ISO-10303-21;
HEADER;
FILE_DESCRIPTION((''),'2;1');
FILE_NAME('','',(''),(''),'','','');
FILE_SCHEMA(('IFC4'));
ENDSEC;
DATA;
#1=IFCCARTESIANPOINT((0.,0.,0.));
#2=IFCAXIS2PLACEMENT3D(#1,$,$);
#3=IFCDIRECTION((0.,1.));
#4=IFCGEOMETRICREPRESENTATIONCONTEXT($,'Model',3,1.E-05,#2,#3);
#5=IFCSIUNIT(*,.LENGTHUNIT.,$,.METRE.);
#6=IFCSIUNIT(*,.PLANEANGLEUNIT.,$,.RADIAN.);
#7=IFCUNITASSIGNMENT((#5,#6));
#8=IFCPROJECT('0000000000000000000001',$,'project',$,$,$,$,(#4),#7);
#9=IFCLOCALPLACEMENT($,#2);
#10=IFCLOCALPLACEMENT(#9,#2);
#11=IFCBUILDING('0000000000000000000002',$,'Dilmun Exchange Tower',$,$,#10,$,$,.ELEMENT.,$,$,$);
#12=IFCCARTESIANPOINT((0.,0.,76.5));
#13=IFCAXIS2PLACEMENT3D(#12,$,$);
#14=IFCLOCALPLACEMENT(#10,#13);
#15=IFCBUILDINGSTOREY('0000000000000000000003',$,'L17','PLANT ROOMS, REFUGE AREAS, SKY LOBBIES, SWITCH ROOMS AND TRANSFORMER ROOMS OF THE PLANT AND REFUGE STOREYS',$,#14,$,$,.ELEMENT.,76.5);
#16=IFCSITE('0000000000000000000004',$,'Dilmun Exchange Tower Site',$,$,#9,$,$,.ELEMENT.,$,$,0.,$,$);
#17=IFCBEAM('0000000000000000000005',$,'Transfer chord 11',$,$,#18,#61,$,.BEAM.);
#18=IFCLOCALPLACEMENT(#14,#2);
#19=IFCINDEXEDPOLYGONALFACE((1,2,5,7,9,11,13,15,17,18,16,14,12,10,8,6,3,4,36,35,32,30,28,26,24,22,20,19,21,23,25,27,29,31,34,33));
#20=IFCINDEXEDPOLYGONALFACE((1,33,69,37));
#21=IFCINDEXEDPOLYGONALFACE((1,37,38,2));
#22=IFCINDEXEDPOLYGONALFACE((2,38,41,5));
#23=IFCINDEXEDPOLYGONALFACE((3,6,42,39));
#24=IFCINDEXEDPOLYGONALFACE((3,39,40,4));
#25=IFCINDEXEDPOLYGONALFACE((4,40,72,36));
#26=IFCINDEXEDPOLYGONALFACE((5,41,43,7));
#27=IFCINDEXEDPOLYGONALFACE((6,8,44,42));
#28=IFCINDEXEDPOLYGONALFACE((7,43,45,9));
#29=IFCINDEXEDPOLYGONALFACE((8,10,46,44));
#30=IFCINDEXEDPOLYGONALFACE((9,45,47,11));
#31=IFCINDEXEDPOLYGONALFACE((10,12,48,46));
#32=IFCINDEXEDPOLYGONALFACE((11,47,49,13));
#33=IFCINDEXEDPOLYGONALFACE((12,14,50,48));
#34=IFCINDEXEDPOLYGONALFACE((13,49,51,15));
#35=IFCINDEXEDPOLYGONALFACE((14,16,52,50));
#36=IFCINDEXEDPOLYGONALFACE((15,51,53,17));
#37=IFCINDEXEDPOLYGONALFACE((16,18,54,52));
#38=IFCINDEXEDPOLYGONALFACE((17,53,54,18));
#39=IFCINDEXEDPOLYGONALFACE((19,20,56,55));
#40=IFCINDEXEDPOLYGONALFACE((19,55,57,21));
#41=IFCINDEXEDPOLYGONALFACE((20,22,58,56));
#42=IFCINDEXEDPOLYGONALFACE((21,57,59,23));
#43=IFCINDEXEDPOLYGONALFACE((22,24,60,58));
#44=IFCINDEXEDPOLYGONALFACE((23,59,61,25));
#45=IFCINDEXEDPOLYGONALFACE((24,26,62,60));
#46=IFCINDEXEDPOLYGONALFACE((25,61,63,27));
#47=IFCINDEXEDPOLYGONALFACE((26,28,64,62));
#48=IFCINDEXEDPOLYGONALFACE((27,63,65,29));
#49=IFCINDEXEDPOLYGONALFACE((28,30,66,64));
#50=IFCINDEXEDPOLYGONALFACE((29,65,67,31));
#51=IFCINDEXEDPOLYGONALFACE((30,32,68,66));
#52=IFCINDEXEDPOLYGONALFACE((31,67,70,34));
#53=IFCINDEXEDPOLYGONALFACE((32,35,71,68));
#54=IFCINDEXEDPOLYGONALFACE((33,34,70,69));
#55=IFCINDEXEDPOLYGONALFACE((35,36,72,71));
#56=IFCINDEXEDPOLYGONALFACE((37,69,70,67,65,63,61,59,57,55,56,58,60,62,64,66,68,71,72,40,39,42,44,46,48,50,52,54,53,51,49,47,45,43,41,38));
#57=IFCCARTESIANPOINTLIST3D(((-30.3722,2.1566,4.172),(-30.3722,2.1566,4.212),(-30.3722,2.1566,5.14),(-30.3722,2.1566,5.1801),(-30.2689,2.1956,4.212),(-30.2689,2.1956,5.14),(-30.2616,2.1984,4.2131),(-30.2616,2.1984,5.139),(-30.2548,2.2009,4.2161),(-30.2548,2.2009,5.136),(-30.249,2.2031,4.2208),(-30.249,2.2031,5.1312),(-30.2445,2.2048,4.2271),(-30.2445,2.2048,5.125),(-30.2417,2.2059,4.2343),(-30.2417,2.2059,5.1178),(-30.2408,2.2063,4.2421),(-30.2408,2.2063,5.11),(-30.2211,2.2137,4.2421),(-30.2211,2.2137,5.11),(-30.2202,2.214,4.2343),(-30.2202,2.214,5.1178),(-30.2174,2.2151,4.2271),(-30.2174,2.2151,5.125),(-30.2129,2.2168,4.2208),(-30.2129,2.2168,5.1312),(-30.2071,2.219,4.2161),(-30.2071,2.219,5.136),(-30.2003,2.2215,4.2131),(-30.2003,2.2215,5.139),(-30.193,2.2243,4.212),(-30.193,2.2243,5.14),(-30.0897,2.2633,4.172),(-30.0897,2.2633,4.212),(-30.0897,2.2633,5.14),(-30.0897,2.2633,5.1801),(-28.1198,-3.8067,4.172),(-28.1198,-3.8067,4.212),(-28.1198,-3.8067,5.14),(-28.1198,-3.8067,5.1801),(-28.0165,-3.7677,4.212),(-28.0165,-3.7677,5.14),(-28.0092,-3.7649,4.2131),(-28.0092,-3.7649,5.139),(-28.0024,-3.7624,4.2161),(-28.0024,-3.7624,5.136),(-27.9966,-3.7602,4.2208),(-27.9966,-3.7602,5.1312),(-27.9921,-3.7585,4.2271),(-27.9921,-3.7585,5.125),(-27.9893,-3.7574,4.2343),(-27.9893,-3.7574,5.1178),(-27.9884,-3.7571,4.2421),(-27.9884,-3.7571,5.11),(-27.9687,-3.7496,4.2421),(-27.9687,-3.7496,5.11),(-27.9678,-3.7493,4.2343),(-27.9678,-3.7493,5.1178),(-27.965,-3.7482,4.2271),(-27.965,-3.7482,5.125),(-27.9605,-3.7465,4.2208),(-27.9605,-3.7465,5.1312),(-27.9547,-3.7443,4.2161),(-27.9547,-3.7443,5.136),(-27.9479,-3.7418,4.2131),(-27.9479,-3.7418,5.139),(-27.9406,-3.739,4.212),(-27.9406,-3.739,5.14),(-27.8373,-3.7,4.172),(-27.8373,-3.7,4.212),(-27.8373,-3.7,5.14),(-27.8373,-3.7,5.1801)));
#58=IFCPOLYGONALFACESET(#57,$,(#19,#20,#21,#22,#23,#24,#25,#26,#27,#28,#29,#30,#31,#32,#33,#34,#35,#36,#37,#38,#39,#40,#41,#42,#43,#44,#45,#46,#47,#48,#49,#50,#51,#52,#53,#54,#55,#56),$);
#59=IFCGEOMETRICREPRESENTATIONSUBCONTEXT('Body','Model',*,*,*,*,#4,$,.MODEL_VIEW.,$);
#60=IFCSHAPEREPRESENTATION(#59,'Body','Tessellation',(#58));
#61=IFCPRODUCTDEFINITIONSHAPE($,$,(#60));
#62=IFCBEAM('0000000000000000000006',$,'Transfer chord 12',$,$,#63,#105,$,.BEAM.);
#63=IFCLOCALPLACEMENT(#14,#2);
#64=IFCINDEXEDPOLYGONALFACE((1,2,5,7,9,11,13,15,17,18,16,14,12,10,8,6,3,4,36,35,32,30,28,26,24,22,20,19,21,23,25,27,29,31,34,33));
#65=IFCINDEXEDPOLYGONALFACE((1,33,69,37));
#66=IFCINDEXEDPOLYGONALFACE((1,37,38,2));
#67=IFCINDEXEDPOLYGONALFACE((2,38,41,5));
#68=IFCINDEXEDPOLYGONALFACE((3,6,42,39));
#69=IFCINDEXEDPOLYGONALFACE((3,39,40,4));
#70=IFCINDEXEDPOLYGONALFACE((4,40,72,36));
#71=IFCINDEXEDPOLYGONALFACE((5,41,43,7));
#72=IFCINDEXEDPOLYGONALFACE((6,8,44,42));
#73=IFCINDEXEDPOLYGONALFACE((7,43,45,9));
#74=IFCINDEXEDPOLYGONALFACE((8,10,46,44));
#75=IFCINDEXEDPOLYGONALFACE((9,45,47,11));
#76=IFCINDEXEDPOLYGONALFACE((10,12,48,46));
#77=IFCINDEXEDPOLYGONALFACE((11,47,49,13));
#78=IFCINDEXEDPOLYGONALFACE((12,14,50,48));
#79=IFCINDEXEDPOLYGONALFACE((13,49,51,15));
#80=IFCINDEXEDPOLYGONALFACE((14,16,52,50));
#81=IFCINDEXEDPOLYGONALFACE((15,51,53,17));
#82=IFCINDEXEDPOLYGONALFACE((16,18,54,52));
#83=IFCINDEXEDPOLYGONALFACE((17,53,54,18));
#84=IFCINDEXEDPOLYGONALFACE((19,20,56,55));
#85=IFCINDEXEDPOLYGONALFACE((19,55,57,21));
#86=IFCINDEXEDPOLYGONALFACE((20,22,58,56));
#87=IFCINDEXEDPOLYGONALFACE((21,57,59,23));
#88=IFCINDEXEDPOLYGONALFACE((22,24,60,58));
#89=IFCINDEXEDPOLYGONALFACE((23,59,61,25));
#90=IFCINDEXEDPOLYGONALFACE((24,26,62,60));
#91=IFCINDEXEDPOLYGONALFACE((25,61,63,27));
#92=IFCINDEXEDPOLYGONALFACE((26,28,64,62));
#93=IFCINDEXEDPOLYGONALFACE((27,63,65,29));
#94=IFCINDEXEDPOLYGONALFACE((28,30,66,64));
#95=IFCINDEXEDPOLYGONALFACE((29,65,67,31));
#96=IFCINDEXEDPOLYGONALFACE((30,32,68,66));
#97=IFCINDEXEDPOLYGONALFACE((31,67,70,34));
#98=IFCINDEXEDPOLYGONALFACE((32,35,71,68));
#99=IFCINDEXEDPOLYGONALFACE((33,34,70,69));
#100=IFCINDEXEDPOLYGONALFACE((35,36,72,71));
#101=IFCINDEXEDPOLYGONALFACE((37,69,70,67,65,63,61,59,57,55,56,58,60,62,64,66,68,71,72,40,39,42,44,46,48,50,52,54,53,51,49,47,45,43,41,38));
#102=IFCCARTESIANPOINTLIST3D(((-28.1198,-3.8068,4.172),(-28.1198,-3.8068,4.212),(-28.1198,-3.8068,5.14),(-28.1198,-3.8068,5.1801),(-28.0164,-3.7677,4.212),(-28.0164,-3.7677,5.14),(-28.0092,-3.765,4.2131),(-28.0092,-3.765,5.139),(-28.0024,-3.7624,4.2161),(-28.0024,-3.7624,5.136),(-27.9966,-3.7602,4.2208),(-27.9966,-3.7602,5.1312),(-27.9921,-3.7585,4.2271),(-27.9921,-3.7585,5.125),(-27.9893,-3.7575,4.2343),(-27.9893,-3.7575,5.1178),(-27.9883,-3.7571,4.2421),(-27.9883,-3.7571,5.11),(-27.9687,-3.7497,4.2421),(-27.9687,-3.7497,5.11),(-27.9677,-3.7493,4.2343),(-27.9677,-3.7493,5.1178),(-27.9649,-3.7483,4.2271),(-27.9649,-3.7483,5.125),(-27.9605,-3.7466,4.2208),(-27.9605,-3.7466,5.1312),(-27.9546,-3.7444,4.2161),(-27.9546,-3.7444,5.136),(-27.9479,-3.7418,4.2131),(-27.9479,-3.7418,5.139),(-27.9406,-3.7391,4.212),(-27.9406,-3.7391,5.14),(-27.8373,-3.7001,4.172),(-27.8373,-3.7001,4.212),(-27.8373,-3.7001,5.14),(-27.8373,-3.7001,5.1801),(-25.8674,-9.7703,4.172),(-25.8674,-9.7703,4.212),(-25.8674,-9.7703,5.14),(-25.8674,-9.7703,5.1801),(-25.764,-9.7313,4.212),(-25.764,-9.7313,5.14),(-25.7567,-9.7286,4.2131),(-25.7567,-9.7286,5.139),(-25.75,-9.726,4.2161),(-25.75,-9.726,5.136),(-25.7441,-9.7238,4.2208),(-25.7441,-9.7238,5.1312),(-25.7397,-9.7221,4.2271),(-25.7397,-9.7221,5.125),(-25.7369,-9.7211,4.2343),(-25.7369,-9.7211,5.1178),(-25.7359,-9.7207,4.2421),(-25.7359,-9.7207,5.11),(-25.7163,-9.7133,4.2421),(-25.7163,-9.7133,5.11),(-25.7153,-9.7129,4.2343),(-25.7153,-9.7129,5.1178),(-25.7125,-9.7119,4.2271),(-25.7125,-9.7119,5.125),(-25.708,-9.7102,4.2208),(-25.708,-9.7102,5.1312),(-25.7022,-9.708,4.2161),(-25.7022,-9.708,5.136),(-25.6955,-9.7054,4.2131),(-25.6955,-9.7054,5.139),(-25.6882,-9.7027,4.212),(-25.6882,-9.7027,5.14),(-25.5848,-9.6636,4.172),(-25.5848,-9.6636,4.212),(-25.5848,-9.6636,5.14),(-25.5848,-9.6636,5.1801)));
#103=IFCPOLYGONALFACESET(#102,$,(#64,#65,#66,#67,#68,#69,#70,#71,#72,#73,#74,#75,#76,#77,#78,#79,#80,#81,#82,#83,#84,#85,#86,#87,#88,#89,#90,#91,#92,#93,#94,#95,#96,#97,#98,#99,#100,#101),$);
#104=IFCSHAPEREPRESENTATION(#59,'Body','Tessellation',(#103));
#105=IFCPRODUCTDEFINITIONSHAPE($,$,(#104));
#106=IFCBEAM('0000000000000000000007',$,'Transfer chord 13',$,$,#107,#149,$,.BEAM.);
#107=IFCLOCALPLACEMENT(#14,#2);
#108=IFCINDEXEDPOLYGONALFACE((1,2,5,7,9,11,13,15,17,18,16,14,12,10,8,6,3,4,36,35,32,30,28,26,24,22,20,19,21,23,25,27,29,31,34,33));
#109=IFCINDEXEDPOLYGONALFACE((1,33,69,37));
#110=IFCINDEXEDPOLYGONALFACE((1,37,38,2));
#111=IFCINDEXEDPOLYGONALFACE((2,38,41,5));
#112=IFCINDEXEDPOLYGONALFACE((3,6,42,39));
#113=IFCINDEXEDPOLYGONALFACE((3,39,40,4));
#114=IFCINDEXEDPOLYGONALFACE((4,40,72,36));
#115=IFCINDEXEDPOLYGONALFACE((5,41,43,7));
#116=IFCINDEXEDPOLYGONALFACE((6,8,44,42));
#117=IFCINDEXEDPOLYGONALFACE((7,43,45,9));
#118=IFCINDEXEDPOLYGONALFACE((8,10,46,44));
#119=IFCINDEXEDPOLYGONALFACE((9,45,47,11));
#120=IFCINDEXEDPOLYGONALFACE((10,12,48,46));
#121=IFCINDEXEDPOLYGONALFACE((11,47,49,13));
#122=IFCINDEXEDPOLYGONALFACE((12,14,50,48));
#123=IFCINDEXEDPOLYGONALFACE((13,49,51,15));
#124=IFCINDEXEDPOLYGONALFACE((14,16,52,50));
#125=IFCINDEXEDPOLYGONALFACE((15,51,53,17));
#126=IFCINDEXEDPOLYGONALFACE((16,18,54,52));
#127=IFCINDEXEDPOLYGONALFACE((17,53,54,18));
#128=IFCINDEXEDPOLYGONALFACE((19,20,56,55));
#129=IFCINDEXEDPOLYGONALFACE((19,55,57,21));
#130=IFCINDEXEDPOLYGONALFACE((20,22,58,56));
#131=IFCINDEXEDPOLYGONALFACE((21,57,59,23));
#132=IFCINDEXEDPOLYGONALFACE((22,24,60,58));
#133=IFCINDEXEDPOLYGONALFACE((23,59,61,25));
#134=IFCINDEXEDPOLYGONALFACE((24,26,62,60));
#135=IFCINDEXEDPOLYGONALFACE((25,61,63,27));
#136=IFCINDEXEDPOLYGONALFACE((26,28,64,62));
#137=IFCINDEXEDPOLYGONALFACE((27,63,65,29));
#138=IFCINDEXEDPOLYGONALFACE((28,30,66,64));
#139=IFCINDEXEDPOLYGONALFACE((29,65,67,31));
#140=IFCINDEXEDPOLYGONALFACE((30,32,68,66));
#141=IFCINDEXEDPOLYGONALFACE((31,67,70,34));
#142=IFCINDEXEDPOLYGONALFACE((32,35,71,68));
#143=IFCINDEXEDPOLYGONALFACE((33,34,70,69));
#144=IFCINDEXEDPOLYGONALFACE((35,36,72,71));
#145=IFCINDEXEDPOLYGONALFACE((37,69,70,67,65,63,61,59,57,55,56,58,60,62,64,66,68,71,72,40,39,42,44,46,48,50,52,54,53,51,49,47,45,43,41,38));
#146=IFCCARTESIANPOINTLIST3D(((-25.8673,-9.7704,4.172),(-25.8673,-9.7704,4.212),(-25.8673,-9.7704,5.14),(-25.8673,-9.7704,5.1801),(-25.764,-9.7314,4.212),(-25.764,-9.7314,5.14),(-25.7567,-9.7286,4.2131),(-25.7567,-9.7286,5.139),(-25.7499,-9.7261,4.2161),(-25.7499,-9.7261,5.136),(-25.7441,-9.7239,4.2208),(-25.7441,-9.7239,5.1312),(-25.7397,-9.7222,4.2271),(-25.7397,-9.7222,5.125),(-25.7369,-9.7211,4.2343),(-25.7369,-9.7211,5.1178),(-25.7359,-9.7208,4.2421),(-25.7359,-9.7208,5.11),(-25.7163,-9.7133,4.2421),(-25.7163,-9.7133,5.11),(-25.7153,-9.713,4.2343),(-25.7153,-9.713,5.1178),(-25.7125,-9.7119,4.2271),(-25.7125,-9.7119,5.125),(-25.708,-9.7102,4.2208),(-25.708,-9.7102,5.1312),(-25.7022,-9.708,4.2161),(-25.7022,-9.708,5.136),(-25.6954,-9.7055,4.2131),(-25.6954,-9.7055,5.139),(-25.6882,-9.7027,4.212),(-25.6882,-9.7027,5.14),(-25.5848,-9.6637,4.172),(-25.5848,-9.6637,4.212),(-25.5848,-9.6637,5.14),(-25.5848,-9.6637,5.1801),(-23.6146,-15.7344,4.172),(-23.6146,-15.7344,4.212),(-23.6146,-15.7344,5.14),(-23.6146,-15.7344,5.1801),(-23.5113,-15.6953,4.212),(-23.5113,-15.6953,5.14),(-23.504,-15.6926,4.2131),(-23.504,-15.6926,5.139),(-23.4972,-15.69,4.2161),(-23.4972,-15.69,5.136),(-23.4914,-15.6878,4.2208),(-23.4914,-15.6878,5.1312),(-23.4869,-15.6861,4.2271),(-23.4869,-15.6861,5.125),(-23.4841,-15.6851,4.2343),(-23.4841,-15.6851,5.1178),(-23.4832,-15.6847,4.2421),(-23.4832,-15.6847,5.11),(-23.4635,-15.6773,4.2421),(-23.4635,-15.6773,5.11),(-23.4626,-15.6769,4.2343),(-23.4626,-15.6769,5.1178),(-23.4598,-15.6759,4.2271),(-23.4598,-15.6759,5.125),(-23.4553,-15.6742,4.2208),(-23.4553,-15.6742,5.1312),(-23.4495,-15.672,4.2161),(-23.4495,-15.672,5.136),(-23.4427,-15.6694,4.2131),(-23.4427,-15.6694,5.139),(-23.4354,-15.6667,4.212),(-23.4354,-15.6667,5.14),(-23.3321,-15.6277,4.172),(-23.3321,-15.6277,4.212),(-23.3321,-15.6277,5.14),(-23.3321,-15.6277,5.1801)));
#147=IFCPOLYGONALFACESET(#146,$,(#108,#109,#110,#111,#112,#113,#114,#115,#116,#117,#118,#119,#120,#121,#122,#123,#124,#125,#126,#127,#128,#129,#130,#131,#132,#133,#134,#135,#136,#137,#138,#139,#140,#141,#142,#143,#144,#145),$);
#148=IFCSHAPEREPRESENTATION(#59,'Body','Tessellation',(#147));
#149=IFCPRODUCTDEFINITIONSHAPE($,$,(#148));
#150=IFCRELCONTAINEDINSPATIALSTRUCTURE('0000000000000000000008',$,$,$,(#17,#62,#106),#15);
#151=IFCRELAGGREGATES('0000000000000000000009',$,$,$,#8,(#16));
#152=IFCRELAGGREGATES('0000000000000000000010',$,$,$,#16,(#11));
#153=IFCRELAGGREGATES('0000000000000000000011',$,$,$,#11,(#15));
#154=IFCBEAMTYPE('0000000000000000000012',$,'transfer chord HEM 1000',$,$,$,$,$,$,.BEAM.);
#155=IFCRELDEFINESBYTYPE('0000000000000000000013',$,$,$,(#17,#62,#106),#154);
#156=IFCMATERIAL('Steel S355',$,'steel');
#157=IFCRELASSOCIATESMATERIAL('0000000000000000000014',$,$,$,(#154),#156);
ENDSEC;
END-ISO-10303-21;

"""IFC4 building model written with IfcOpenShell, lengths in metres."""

from ifc_helpers import new_model, si_unit, direction, frame, origin, origin_2d, place, context, subcontext, project, spatial, i_section, extrude, material, material_profile, profile_set, type_object, element, save


model = new_model("IFC4")

# Units and contexts
model_context = context("Model", 3, precision=1e-05, world=origin(), true_north=direction((0.0, 1.0)))
body_context = subcontext(model_context, "Body", "Model", "MODEL_VIEW")
ifc_project = project(units=[si_unit("LENGTHUNIT", "METRE"), si_unit("PLANEANGLEUNIT", "RADIAN")], contexts=[model_context])

# Site, building, storey
site_placement = place(None, origin())
site = spatial("IfcSite", under=ifc_project, at=site_placement, Name="Dilmun Exchange Tower Site", CompositionType="ELEMENT", RefElevation=0.0)
building_placement = place(site_placement, origin())
building = spatial("IfcBuilding", under=site, at=building_placement, Name="Dilmun Exchange Tower", CompositionType="ELEMENT")
storey_placement = place(building_placement, frame((0.0, 0.0, 76.5)))
storey = spatial("IfcBuildingStorey", under=building, at=storey_placement, Name="L17", Description="PLANT ROOMS, REFUGE AREAS, SKY LOBBIES, SWITCH ROOMS AND TRANSFORMER ROOMS OF THE PLANT AND REFUGE STOREYS", CompositionType="ELEMENT", Elevation=76.5)

# Beams
ifc_material_1 = material(Name="Steel S355", Category="steel")
ifc_material_profile_1 = material_profile(ifc_material_1, i_section(OverallWidth=0.302, OverallDepth=1.0081, WebThickness=0.021, FlangeThickness=0.04, FilletRadius=0.03, at=origin_2d()), Name="HEM 1000")
ifc_profile_set_1 = profile_set([ifc_material_profile_1], Name="Steel S355")
beam_type_1 = type_object("IfcBeamType", Name="transfer chord HEM 1000", PredefinedType="BEAM", material=ifc_profile_set_1)
beam_1_placement = place(storey_placement, frame((-30.231, 2.21, 4.676), z_axis=(0.353347, -0.935492, 0.0), x_axis=(0.935492, 0.353347, 0.0)))
element("IfcBeam", 1, at=beam_1_placement, inside=storey, type_object=beam_type_1, Name="Transfer chord 11", PredefinedType="BEAM", context=body_context, shape_type="SweptSolid", body=[
    extrude(i_section(OverallWidth=0.302, OverallDepth=1.0081, WebThickness=0.021, FlangeThickness=0.04, FilletRadius=0.03, at=origin_2d()), origin(), (0.0, 0.0, 1.0), 6.3745),
])
beam_2_placement = place(storey_placement, frame((-27.9785, -3.7534, 4.676), z_axis=(0.353334, -0.935497, 0.0), x_axis=(0.935497, 0.353334, 0.0)))
element("IfcBeam", 2, at=beam_2_placement, inside=storey, type_object=beam_type_1, Name="Transfer chord 12", PredefinedType="BEAM", context=body_context, shape_type="SweptSolid", body=[
    extrude(i_section(OverallWidth=0.302, OverallDepth=1.0081, WebThickness=0.021, FlangeThickness=0.04, FilletRadius=0.03, at=origin_2d()), origin(), (0.0, 0.0, 1.0), 6.3748),
])
beam_3_placement = place(storey_placement, frame((-25.7261, -9.717, 4.676), z_axis=(0.353355, -0.935489, 0.0), x_axis=(0.935489, 0.353355, 0.0)))
element("IfcBeam", 3, at=beam_3_placement, inside=storey, type_object=beam_type_1, Name="Transfer chord 13", PredefinedType="BEAM", context=body_context, shape_type="SweptSolid", body=[
    extrude(i_section(OverallWidth=0.302, OverallDepth=1.0081, WebThickness=0.021, FlangeThickness=0.04, FilletRadius=0.03, at=origin_2d()), origin(), (0.0, 0.0, 1.0), 6.3752),
])

save(model, "model.ifc")
